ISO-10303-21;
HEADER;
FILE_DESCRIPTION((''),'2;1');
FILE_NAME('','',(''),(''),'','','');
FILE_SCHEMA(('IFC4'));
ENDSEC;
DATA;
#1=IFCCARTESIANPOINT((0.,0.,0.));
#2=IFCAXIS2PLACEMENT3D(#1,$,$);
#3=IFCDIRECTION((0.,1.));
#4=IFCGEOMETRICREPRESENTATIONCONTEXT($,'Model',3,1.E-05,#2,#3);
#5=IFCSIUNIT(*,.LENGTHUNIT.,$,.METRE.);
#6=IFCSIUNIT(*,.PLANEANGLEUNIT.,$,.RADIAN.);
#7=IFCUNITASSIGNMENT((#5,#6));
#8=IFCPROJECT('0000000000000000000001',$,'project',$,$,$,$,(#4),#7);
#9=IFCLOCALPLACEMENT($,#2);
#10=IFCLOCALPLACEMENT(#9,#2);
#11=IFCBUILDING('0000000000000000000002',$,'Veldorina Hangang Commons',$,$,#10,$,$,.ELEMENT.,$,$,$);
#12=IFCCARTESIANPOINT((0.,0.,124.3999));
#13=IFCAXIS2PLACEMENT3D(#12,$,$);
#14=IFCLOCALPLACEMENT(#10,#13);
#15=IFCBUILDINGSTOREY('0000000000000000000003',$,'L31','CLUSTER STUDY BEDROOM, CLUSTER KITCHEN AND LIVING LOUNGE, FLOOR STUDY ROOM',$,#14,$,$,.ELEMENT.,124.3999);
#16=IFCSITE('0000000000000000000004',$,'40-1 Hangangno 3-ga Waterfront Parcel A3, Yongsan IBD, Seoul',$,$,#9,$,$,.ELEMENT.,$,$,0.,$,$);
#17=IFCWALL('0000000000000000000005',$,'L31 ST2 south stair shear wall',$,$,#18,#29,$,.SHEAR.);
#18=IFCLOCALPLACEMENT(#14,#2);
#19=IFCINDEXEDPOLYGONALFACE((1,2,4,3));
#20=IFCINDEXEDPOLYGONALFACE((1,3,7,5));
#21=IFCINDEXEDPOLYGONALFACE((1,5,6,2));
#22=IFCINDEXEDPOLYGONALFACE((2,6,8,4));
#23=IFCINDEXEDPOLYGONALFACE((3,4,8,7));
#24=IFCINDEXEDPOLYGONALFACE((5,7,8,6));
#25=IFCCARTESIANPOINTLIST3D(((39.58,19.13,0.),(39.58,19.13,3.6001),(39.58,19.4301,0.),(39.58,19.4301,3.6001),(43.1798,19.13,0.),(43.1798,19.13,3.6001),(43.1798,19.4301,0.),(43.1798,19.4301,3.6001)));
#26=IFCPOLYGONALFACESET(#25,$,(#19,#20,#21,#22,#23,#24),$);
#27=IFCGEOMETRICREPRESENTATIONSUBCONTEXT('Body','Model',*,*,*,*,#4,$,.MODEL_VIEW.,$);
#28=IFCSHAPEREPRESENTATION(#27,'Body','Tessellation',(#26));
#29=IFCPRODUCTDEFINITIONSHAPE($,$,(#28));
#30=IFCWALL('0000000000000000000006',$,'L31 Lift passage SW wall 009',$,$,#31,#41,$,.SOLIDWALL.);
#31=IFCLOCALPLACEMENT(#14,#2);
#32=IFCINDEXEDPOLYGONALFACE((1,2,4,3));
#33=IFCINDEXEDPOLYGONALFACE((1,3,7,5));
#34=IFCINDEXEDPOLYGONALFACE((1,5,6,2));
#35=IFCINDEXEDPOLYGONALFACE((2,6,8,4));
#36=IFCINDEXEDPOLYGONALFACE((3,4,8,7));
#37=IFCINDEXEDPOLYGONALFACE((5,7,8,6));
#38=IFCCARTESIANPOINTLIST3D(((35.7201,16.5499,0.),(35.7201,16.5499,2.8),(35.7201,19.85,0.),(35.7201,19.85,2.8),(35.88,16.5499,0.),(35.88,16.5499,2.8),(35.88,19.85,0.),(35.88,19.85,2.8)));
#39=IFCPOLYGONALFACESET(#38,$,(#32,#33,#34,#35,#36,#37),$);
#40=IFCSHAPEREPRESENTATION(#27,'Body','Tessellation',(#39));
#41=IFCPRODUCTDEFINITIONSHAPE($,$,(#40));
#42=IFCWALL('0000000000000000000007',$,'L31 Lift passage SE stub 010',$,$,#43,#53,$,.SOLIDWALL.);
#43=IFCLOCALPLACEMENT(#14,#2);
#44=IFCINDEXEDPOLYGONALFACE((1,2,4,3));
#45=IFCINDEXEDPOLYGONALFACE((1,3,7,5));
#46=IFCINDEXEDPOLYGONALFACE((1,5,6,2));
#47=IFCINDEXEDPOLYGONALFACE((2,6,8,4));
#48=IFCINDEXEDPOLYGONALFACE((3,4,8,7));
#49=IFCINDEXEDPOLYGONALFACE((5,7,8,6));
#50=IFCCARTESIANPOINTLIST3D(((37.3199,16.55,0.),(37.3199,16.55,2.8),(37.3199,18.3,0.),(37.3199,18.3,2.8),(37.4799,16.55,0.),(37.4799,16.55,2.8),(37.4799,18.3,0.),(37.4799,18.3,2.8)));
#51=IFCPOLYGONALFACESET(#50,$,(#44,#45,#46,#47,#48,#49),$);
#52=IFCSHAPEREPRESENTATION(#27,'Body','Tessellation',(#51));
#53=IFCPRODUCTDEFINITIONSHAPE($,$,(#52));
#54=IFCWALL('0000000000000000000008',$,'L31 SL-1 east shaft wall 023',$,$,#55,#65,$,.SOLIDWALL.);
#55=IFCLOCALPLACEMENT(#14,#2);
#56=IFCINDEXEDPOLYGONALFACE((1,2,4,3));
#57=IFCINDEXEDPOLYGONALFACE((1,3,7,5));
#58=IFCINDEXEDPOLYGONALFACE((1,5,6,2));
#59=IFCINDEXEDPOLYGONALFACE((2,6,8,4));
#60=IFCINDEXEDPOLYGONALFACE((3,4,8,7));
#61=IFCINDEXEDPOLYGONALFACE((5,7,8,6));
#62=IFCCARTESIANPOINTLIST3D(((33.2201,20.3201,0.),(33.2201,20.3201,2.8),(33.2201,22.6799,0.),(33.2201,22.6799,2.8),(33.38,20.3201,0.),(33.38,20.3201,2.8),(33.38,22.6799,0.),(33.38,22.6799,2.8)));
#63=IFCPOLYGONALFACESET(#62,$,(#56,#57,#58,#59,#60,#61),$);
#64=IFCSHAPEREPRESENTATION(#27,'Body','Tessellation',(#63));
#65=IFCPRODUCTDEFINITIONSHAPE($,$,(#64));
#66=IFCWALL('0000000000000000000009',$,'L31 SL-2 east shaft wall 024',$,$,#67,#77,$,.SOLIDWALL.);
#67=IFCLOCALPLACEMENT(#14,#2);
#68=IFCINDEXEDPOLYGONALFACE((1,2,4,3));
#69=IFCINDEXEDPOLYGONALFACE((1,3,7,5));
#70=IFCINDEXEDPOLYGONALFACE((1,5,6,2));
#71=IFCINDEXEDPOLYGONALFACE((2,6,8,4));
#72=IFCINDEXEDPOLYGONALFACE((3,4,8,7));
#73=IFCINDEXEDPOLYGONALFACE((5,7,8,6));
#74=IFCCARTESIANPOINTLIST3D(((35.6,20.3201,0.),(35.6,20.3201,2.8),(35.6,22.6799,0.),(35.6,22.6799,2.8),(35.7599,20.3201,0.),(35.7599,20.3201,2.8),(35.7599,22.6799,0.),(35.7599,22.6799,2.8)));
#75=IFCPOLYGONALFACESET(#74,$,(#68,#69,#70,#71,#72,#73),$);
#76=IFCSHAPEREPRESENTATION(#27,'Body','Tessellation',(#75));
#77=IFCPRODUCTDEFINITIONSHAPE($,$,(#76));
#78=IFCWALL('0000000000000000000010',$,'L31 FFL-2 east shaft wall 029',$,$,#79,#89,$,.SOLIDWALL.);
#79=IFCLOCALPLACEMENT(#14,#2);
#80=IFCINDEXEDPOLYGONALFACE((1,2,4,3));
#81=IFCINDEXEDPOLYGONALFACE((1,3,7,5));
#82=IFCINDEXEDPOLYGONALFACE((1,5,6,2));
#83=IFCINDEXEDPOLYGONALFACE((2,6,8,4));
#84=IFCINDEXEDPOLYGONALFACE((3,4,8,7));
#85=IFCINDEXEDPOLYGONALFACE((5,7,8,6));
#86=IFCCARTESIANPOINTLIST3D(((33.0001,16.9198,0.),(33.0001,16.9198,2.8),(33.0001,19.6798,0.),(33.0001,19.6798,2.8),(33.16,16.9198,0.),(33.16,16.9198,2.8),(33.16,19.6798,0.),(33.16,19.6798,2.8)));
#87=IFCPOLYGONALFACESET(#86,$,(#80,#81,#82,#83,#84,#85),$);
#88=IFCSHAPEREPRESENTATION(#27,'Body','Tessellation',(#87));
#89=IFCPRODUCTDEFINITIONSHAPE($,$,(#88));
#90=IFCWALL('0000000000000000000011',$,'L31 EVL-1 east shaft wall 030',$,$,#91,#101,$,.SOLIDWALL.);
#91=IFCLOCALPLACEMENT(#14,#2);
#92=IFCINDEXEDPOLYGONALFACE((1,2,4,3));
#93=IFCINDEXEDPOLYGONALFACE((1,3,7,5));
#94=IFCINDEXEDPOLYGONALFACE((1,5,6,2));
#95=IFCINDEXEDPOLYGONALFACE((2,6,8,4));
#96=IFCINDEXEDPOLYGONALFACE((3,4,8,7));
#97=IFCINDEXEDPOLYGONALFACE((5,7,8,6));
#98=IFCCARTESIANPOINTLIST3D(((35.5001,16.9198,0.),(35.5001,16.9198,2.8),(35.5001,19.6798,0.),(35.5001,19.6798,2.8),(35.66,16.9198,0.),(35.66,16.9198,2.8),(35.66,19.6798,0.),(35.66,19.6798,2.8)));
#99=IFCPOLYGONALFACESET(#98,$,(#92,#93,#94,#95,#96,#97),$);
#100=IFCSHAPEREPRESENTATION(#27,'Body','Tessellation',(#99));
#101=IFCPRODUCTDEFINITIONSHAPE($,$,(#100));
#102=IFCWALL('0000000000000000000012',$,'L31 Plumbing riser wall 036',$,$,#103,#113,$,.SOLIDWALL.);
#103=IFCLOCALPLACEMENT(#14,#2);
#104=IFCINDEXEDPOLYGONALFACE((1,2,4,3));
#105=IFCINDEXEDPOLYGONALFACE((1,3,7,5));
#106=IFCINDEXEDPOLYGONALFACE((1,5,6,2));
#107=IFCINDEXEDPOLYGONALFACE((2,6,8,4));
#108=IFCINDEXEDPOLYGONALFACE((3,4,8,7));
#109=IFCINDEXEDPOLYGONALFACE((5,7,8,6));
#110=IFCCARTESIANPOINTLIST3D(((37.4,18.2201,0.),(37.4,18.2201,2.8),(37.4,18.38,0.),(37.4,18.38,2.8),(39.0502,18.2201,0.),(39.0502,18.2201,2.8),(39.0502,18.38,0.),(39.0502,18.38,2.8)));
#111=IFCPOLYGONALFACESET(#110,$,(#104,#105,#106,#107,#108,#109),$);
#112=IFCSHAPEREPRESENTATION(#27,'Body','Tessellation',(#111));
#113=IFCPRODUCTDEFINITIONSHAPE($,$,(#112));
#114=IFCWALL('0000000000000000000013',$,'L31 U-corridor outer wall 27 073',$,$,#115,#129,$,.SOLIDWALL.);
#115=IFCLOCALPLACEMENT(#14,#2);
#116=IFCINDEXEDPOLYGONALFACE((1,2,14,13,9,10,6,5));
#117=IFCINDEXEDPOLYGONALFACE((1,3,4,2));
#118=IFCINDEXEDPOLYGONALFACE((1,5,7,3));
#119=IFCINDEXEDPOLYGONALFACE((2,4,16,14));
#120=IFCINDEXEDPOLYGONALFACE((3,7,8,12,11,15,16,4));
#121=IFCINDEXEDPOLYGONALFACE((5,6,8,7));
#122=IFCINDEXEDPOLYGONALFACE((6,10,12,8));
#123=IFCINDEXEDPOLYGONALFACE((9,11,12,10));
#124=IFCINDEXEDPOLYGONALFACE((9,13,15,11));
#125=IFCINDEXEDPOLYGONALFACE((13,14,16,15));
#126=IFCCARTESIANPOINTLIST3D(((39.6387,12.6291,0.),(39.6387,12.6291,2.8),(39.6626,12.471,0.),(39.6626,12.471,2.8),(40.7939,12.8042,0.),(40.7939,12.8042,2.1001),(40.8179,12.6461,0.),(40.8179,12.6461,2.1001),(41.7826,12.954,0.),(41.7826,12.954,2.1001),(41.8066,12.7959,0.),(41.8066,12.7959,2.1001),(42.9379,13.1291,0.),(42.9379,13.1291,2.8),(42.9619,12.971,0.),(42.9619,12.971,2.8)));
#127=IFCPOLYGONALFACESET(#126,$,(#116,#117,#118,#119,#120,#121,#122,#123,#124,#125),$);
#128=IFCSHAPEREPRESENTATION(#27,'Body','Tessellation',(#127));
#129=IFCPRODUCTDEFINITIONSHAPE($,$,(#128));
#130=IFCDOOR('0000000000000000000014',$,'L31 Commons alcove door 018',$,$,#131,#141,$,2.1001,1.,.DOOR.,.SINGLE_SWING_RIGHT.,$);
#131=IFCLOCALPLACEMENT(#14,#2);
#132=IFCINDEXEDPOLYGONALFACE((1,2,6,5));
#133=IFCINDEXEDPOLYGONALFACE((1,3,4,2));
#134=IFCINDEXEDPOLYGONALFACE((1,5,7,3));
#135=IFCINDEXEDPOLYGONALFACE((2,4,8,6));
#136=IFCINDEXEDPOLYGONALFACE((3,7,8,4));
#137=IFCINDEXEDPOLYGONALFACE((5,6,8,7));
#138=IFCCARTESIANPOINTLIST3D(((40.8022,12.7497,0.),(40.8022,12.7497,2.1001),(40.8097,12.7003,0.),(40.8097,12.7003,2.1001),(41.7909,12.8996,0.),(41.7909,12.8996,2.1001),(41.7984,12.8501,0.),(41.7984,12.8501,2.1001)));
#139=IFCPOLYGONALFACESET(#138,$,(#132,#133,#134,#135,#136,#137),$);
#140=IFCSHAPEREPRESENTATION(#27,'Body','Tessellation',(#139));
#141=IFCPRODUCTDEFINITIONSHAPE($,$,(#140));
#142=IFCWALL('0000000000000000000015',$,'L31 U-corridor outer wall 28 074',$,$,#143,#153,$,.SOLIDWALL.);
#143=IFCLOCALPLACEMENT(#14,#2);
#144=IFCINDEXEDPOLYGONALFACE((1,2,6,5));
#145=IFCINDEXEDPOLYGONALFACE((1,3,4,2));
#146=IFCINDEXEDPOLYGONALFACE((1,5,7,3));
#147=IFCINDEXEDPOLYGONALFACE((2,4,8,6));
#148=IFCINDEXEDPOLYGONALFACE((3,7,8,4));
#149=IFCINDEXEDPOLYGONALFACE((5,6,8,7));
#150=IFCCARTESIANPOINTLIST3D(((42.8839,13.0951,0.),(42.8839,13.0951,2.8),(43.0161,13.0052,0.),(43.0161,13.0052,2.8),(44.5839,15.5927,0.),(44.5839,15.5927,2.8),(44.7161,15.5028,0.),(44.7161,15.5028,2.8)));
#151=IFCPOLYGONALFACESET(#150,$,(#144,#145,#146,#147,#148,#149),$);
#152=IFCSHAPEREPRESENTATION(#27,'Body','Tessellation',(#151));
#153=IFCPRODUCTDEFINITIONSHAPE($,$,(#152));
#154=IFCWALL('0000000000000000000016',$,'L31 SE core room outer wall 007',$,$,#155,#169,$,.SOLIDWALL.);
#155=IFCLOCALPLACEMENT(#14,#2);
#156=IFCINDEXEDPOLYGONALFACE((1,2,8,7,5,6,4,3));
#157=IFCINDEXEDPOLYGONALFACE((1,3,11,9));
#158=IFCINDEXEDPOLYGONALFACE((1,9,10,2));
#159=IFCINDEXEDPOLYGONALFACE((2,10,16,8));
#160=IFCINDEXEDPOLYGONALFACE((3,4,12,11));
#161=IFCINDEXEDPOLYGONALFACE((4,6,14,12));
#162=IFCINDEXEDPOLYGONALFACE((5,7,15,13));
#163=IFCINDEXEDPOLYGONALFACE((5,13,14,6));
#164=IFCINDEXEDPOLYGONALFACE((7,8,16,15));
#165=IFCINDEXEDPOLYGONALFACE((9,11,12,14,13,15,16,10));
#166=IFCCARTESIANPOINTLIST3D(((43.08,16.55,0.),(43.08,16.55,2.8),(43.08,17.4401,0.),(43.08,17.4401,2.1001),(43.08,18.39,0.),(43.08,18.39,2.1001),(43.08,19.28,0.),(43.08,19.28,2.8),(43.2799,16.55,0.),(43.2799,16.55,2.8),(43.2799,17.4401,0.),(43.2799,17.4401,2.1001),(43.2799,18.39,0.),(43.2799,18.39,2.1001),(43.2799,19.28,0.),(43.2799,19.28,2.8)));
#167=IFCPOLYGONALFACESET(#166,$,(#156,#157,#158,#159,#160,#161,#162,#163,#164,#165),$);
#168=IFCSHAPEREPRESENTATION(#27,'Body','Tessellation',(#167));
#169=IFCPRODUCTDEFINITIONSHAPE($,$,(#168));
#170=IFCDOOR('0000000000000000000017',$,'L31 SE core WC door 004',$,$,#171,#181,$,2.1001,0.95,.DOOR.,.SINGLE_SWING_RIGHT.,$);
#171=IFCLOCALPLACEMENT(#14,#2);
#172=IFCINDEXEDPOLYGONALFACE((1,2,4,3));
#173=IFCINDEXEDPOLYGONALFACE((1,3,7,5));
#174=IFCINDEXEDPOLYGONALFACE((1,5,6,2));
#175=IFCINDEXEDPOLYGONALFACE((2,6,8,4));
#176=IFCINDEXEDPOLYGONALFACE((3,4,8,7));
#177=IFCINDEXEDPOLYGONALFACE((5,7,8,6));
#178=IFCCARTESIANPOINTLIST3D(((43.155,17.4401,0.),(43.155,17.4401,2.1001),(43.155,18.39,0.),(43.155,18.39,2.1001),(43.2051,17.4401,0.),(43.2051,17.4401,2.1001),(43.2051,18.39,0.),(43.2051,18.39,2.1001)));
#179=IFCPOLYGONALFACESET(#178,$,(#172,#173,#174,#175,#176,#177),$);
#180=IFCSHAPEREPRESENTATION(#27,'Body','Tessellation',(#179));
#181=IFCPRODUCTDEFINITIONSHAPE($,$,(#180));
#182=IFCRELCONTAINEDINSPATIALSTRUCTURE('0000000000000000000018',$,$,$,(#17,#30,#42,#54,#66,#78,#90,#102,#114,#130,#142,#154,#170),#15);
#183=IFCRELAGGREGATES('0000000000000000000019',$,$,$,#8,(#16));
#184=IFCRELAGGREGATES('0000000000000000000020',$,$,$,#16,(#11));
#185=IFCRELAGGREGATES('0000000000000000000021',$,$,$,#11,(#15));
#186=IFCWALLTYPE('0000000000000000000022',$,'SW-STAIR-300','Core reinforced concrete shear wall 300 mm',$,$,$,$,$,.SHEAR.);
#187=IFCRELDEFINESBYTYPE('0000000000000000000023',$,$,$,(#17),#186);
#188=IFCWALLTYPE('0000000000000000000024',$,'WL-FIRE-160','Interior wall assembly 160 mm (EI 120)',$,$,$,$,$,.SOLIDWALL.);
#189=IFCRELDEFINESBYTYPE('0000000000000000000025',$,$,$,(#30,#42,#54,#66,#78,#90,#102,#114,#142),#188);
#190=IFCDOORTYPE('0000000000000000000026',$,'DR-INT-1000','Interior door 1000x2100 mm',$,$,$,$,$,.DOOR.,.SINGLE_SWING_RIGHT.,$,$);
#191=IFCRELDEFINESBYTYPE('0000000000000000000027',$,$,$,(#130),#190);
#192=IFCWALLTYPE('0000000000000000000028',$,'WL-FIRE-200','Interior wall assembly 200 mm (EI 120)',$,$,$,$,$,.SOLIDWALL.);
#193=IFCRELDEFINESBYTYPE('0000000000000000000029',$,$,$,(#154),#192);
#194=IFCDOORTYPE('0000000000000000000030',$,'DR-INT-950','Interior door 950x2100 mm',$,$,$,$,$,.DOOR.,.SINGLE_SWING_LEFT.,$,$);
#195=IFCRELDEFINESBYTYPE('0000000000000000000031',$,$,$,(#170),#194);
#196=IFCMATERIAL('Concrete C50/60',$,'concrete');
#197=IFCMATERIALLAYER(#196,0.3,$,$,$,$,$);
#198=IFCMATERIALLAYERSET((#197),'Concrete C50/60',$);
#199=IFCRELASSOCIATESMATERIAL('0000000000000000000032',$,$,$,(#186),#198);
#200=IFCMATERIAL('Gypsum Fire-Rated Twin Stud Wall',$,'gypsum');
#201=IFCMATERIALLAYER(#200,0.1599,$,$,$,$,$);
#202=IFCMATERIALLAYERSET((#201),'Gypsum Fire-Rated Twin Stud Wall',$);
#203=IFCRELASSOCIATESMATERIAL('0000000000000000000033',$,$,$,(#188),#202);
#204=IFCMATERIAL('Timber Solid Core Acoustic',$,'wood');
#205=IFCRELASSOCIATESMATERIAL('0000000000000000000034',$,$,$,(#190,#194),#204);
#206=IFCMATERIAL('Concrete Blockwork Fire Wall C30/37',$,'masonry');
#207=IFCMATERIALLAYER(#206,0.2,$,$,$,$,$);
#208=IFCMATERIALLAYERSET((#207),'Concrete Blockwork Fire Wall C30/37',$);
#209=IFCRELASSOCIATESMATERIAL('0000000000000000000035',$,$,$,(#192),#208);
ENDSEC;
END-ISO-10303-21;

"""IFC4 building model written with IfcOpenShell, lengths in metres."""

from ifc_helpers import new_model, si_unit, direction, frame, frame_2d, origin, place, context, subcontext, project, spatial, rectangle, extrude, material, layer, layer_set, type_object, element, fill, save


model = new_model("IFC4")

# Units and contexts
model_context = context("Model", 3, precision=1e-05, world=origin(), true_north=direction((0.0, 1.0)))
body_context = subcontext(model_context, "Body", "Model", "MODEL_VIEW")
ifc_project = project(units=[si_unit("LENGTHUNIT", "METRE"), si_unit("PLANEANGLEUNIT", "RADIAN")], contexts=[model_context])

# Site, building, storey
site_placement = place(None, origin())
site = spatial("IfcSite", under=ifc_project, at=site_placement, Name="40-1 Hangangno 3-ga Waterfront Parcel A3, Yongsan IBD, Seoul", CompositionType="ELEMENT", RefElevation=0.0)
building_placement = place(site_placement, origin())
building = spatial("IfcBuilding", under=site, at=building_placement, Name="Veldorina Hangang Commons", CompositionType="ELEMENT")
storey_placement = place(building_placement, frame((0.0, 0.0, 124.3999)))
storey = spatial("IfcBuildingStorey", under=building, at=storey_placement, Name="L31", Description="CLUSTER STUDY BEDROOM, CLUSTER KITCHEN AND LIVING LOUNGE, FLOOR STUDY ROOM", CompositionType="ELEMENT", Elevation=124.3999)

# Walls
ifc_material_1 = material(Name="Concrete C50/60", Category="concrete")
ifc_layer_1 = layer(ifc_material_1, 0.3)
ifc_layer_set_1 = layer_set([ifc_layer_1], Name="Concrete C50/60")
wall_type_1 = type_object("IfcWallType", Name="SW-STAIR-300", Description="Core reinforced concrete shear wall 300 mm", PredefinedType="SHEAR", material=ifc_layer_set_1)
wall_1_placement = place(storey_placement, frame((39.5801, 19.28, 0.0), z_axis=(0.0, 0.0, 1.0), x_axis=(1.0, 0.0, 0.0)))
element("IfcWall", 1, at=wall_1_placement, inside=storey, type_object=wall_type_1, Name="L31 ST2 south stair shear wall", PredefinedType="SHEAR", context=body_context, shape_type="SweptSolid", body=[
    extrude(rectangle(XDim=3.5999, YDim=0.3, at=frame_2d((1.7998, 0.0))), origin(), (0.0, 0.0, 1.0), 3.6001),
])
ifc_material_2 = material(Name="Gypsum Fire-Rated Twin Stud Wall", Category="gypsum")
ifc_layer_2 = layer(ifc_material_2, 0.1599)
ifc_layer_set_2 = layer_set([ifc_layer_2], Name="Gypsum Fire-Rated Twin Stud Wall")
wall_type_2 = type_object("IfcWallType", Name="WL-FIRE-160", Description="Interior wall assembly 160 mm (EI 120)", PredefinedType="SOLIDWALL", material=ifc_layer_set_2)
wall_2_placement = place(storey_placement, frame((35.8, 16.55, 0.0), z_axis=(0.0, 0.0, 1.0), x_axis=(0.0, 1.0, 0.0)))
element("IfcWall", 2, at=wall_2_placement, inside=storey, type_object=wall_type_2, Name="L31 Lift passage SW wall 009", PredefinedType="SOLIDWALL", context=body_context, shape_type="SweptSolid", body=[
    extrude(rectangle(XDim=3.3, YDim=0.1599, at=frame_2d((1.6499, 0.0))), origin(), (0.0, 0.0, 1.0), 2.8),
])
wall_3_placement = place(storey_placement, frame((37.3999, 16.55, 0.0), z_axis=(0.0, 0.0, 1.0), x_axis=(0.0, 1.0, 0.0)))
element("IfcWall", 3, at=wall_3_placement, inside=storey, type_object=wall_type_2, Name="L31 Lift passage SE stub 010", PredefinedType="SOLIDWALL", context=body_context, shape_type="SweptSolid", body=[
    extrude(rectangle(XDim=1.75, YDim=0.1599, at=frame_2d((0.875, 0.0))), origin(), (0.0, 0.0, 1.0), 2.8),
])
for number, where, z_axis, x_axis, name in (
    (4, (33.3, 20.3201, 0.0), (0.0, 0.0, 1.0), (0.0, 1.0, 0.0), "L31 SL-1 east shaft wall 023"),
    (5, (35.6799, 20.3201, 0.0), (0.0, 0.0, 1.0), (0.0, 1.0, 0.0), "L31 SL-2 east shaft wall 024"),
):
    element("IfcWall", number, at=place(storey_placement, frame(where, z_axis=z_axis, x_axis=x_axis)), inside=storey, type_object=wall_type_2, Name=name, PredefinedType="SOLIDWALL", context=body_context, shape_type="SweptSolid", body=[
        extrude(rectangle(XDim=2.3599, YDim=0.1599, at=frame_2d((1.1799, 0.0))), origin(), (0.0, 0.0, 1.0), 2.8),
    ])
for number, where, z_axis, x_axis, name in (
    (6, (33.0801, 16.9199, 0.0), (0.0, 0.0, 1.0), (0.0, 1.0, 0.0), "L31 FFL-2 east shaft wall 029"),
    (7, (35.5801, 16.9199, 0.0), (0.0, 0.0, 1.0), (0.0, 1.0, 0.0), "L31 EVL-1 east shaft wall 030"),
):
    element("IfcWall", number, at=place(storey_placement, frame(where, z_axis=z_axis, x_axis=x_axis)), inside=storey, type_object=wall_type_2, Name=name, PredefinedType="SOLIDWALL", context=body_context, shape_type="SweptSolid", body=[
        extrude(rectangle(XDim=2.76, YDim=0.1599, at=frame_2d((1.3799, 0.0))), origin(), (0.0, 0.0, 1.0), 2.8),
    ])
wall_4_placement = place(storey_placement, frame((37.3999, 18.3, 0.0), z_axis=(0.0, 0.0, 1.0), x_axis=(1.0, 0.0, 0.0)))
element("IfcWall", 8, at=wall_4_placement, inside=storey, type_object=wall_type_2, Name="L31 Plumbing riser wall 036", PredefinedType="SOLIDWALL", context=body_context, shape_type="SweptSolid", body=[
    extrude(rectangle(XDim=1.6501, YDim=0.1599, at=frame_2d((0.8252, 0.0))), origin(), (0.0, 0.0, 1.0), 2.8),
])

# Wall, opening, door
wall_5_placement = place(storey_placement, frame((39.6506, 12.55, 0.0), z_axis=(0.0, 0.0, 1.0), x_axis=(0.988711, 0.149836, 0.0)))
wall_5 = element("IfcWall", 9, at=wall_5_placement, inside=storey, type_object=wall_type_2, Name="L31 U-corridor outer wall 27 073", PredefinedType="SOLIDWALL", context=body_context, shape_type="SweptSolid", body=[
    extrude(rectangle(XDim=3.3369, YDim=0.1599, at=frame_2d((1.6685, 0.0))), origin(), (0.0, 0.0, 1.0), 2.8),
])
opening_1_placement = place(wall_5_placement, frame((1.1685, 0.0, 0.0)))
opening_1 = element("IfcOpeningElement", 10, at=opening_1_placement, cuts=wall_5, PredefinedType="OPENING", context=body_context, shape_type="SweptSolid", body=[
    extrude(rectangle(XDim=1.0, YDim=2.1001, at=frame_2d((0.5, 1.05))), frame((0.0, 0.0898, 0.0), z_axis=(0.0, -1.0, 0.0), x_axis=(1.0, 0.0, 0.0)), (0.0, 0.0, 1.0), 0.1799),
])
ifc_material_3 = material(Name="Timber Solid Core Acoustic", Category="wood")
door_type_1 = type_object("IfcDoorType", Name="DR-INT-1000", Description="Interior door 1000x2100 mm", OperationType="SINGLE_SWING_RIGHT", PredefinedType="DOOR", material=ifc_material_3)
door_1_placement = place(opening_1_placement, origin())
door_1 = element("IfcDoor", 11, at=door_1_placement, inside=storey, type_object=door_type_1, Name="L31 Commons alcove door 018", OperationType="SINGLE_SWING_RIGHT", OverallHeight=2.1001, OverallWidth=1.0, PredefinedType="DOOR", context=body_context, shape_type="SweptSolid", body=[
    extrude(rectangle(XDim=1.0, YDim=2.1001, at=frame_2d((0.5, 1.05))), frame((0.0, 0.0249, 0.0), z_axis=(0.0, -1.0, 0.0), x_axis=(1.0, 0.0, 0.0)), (0.0, 0.0, 1.0), 0.05),
])
fill(opening_1, door_1)

# Wall
wall_6_placement = place(storey_placement, frame((42.95, 13.05, 0.0), z_axis=(0.0, 0.0, 1.0), x_axis=(0.562675, 0.826678, 0.0)))
element("IfcWall", 12, at=wall_6_placement, inside=storey, type_object=wall_type_2, Name="L31 U-corridor outer wall 28 074", PredefinedType="SOLIDWALL", context=body_context, shape_type="SweptSolid", body=[
    extrude(rectangle(XDim=3.0212, YDim=0.1599, at=frame_2d((1.5107, 0.0))), origin(), (0.0, 0.0, 1.0), 2.8),
])

# Wall, opening, door
ifc_material_4 = material(Name="Concrete Blockwork Fire Wall C30/37", Category="masonry")
ifc_layer_3 = layer(ifc_material_4, 0.2)
ifc_layer_set_3 = layer_set([ifc_layer_3], Name="Concrete Blockwork Fire Wall C30/37")
wall_type_3 = type_object("IfcWallType", Name="WL-FIRE-200", Description="Interior wall assembly 200 mm (EI 120)", PredefinedType="SOLIDWALL", material=ifc_layer_set_3)
wall_7_placement = place(storey_placement, frame((43.1799, 16.55, 0.0), z_axis=(0.0, 0.0, 1.0), x_axis=(0.0, 1.0, 0.0)))
wall_7 = element("IfcWall", 13, at=wall_7_placement, inside=storey, type_object=wall_type_3, Name="L31 SE core room outer wall 007", PredefinedType="SOLIDWALL", context=body_context, shape_type="SweptSolid", body=[
    extrude(rectangle(XDim=2.73, YDim=0.2, at=frame_2d((1.365, 0.0))), origin(), (0.0, 0.0, 1.0), 2.8),
])
opening_2_placement = place(wall_7_placement, frame((0.8899, 0.0, 0.0)))
opening_2 = element("IfcOpeningElement", 14, at=opening_2_placement, cuts=wall_7, PredefinedType="OPENING", context=body_context, shape_type="SweptSolid", body=[
    extrude(rectangle(XDim=0.95, YDim=2.1001, at=frame_2d((0.4751, 1.05))), frame((0.0, 0.1099, 0.0), z_axis=(0.0, -1.0, 0.0), x_axis=(1.0, 0.0, 0.0)), (0.0, 0.0, 1.0), 0.22),
])
door_type_2 = type_object("IfcDoorType", Name="DR-INT-950", Description="Interior door 950x2100 mm", OperationType="SINGLE_SWING_LEFT", PredefinedType="DOOR", material=ifc_material_3)
door_2_placement = place(opening_2_placement, origin())
door_2 = element("IfcDoor", 15, at=door_2_placement, inside=storey, type_object=door_type_2, Name="L31 SE core WC door 004", OperationType="SINGLE_SWING_RIGHT", OverallHeight=2.1001, OverallWidth=0.95, PredefinedType="DOOR", context=body_context, shape_type="SweptSolid", body=[
    extrude(rectangle(XDim=0.95, YDim=2.1001, at=frame_2d((0.4751, 1.05))), frame((0.0, 0.0249, 0.0), z_axis=(0.0, -1.0, 0.0), x_axis=(1.0, 0.0, 0.0)), (0.0, 0.0, 1.0), 0.05),
])
fill(opening_2, door_2)

save(model, "model.ifc")
